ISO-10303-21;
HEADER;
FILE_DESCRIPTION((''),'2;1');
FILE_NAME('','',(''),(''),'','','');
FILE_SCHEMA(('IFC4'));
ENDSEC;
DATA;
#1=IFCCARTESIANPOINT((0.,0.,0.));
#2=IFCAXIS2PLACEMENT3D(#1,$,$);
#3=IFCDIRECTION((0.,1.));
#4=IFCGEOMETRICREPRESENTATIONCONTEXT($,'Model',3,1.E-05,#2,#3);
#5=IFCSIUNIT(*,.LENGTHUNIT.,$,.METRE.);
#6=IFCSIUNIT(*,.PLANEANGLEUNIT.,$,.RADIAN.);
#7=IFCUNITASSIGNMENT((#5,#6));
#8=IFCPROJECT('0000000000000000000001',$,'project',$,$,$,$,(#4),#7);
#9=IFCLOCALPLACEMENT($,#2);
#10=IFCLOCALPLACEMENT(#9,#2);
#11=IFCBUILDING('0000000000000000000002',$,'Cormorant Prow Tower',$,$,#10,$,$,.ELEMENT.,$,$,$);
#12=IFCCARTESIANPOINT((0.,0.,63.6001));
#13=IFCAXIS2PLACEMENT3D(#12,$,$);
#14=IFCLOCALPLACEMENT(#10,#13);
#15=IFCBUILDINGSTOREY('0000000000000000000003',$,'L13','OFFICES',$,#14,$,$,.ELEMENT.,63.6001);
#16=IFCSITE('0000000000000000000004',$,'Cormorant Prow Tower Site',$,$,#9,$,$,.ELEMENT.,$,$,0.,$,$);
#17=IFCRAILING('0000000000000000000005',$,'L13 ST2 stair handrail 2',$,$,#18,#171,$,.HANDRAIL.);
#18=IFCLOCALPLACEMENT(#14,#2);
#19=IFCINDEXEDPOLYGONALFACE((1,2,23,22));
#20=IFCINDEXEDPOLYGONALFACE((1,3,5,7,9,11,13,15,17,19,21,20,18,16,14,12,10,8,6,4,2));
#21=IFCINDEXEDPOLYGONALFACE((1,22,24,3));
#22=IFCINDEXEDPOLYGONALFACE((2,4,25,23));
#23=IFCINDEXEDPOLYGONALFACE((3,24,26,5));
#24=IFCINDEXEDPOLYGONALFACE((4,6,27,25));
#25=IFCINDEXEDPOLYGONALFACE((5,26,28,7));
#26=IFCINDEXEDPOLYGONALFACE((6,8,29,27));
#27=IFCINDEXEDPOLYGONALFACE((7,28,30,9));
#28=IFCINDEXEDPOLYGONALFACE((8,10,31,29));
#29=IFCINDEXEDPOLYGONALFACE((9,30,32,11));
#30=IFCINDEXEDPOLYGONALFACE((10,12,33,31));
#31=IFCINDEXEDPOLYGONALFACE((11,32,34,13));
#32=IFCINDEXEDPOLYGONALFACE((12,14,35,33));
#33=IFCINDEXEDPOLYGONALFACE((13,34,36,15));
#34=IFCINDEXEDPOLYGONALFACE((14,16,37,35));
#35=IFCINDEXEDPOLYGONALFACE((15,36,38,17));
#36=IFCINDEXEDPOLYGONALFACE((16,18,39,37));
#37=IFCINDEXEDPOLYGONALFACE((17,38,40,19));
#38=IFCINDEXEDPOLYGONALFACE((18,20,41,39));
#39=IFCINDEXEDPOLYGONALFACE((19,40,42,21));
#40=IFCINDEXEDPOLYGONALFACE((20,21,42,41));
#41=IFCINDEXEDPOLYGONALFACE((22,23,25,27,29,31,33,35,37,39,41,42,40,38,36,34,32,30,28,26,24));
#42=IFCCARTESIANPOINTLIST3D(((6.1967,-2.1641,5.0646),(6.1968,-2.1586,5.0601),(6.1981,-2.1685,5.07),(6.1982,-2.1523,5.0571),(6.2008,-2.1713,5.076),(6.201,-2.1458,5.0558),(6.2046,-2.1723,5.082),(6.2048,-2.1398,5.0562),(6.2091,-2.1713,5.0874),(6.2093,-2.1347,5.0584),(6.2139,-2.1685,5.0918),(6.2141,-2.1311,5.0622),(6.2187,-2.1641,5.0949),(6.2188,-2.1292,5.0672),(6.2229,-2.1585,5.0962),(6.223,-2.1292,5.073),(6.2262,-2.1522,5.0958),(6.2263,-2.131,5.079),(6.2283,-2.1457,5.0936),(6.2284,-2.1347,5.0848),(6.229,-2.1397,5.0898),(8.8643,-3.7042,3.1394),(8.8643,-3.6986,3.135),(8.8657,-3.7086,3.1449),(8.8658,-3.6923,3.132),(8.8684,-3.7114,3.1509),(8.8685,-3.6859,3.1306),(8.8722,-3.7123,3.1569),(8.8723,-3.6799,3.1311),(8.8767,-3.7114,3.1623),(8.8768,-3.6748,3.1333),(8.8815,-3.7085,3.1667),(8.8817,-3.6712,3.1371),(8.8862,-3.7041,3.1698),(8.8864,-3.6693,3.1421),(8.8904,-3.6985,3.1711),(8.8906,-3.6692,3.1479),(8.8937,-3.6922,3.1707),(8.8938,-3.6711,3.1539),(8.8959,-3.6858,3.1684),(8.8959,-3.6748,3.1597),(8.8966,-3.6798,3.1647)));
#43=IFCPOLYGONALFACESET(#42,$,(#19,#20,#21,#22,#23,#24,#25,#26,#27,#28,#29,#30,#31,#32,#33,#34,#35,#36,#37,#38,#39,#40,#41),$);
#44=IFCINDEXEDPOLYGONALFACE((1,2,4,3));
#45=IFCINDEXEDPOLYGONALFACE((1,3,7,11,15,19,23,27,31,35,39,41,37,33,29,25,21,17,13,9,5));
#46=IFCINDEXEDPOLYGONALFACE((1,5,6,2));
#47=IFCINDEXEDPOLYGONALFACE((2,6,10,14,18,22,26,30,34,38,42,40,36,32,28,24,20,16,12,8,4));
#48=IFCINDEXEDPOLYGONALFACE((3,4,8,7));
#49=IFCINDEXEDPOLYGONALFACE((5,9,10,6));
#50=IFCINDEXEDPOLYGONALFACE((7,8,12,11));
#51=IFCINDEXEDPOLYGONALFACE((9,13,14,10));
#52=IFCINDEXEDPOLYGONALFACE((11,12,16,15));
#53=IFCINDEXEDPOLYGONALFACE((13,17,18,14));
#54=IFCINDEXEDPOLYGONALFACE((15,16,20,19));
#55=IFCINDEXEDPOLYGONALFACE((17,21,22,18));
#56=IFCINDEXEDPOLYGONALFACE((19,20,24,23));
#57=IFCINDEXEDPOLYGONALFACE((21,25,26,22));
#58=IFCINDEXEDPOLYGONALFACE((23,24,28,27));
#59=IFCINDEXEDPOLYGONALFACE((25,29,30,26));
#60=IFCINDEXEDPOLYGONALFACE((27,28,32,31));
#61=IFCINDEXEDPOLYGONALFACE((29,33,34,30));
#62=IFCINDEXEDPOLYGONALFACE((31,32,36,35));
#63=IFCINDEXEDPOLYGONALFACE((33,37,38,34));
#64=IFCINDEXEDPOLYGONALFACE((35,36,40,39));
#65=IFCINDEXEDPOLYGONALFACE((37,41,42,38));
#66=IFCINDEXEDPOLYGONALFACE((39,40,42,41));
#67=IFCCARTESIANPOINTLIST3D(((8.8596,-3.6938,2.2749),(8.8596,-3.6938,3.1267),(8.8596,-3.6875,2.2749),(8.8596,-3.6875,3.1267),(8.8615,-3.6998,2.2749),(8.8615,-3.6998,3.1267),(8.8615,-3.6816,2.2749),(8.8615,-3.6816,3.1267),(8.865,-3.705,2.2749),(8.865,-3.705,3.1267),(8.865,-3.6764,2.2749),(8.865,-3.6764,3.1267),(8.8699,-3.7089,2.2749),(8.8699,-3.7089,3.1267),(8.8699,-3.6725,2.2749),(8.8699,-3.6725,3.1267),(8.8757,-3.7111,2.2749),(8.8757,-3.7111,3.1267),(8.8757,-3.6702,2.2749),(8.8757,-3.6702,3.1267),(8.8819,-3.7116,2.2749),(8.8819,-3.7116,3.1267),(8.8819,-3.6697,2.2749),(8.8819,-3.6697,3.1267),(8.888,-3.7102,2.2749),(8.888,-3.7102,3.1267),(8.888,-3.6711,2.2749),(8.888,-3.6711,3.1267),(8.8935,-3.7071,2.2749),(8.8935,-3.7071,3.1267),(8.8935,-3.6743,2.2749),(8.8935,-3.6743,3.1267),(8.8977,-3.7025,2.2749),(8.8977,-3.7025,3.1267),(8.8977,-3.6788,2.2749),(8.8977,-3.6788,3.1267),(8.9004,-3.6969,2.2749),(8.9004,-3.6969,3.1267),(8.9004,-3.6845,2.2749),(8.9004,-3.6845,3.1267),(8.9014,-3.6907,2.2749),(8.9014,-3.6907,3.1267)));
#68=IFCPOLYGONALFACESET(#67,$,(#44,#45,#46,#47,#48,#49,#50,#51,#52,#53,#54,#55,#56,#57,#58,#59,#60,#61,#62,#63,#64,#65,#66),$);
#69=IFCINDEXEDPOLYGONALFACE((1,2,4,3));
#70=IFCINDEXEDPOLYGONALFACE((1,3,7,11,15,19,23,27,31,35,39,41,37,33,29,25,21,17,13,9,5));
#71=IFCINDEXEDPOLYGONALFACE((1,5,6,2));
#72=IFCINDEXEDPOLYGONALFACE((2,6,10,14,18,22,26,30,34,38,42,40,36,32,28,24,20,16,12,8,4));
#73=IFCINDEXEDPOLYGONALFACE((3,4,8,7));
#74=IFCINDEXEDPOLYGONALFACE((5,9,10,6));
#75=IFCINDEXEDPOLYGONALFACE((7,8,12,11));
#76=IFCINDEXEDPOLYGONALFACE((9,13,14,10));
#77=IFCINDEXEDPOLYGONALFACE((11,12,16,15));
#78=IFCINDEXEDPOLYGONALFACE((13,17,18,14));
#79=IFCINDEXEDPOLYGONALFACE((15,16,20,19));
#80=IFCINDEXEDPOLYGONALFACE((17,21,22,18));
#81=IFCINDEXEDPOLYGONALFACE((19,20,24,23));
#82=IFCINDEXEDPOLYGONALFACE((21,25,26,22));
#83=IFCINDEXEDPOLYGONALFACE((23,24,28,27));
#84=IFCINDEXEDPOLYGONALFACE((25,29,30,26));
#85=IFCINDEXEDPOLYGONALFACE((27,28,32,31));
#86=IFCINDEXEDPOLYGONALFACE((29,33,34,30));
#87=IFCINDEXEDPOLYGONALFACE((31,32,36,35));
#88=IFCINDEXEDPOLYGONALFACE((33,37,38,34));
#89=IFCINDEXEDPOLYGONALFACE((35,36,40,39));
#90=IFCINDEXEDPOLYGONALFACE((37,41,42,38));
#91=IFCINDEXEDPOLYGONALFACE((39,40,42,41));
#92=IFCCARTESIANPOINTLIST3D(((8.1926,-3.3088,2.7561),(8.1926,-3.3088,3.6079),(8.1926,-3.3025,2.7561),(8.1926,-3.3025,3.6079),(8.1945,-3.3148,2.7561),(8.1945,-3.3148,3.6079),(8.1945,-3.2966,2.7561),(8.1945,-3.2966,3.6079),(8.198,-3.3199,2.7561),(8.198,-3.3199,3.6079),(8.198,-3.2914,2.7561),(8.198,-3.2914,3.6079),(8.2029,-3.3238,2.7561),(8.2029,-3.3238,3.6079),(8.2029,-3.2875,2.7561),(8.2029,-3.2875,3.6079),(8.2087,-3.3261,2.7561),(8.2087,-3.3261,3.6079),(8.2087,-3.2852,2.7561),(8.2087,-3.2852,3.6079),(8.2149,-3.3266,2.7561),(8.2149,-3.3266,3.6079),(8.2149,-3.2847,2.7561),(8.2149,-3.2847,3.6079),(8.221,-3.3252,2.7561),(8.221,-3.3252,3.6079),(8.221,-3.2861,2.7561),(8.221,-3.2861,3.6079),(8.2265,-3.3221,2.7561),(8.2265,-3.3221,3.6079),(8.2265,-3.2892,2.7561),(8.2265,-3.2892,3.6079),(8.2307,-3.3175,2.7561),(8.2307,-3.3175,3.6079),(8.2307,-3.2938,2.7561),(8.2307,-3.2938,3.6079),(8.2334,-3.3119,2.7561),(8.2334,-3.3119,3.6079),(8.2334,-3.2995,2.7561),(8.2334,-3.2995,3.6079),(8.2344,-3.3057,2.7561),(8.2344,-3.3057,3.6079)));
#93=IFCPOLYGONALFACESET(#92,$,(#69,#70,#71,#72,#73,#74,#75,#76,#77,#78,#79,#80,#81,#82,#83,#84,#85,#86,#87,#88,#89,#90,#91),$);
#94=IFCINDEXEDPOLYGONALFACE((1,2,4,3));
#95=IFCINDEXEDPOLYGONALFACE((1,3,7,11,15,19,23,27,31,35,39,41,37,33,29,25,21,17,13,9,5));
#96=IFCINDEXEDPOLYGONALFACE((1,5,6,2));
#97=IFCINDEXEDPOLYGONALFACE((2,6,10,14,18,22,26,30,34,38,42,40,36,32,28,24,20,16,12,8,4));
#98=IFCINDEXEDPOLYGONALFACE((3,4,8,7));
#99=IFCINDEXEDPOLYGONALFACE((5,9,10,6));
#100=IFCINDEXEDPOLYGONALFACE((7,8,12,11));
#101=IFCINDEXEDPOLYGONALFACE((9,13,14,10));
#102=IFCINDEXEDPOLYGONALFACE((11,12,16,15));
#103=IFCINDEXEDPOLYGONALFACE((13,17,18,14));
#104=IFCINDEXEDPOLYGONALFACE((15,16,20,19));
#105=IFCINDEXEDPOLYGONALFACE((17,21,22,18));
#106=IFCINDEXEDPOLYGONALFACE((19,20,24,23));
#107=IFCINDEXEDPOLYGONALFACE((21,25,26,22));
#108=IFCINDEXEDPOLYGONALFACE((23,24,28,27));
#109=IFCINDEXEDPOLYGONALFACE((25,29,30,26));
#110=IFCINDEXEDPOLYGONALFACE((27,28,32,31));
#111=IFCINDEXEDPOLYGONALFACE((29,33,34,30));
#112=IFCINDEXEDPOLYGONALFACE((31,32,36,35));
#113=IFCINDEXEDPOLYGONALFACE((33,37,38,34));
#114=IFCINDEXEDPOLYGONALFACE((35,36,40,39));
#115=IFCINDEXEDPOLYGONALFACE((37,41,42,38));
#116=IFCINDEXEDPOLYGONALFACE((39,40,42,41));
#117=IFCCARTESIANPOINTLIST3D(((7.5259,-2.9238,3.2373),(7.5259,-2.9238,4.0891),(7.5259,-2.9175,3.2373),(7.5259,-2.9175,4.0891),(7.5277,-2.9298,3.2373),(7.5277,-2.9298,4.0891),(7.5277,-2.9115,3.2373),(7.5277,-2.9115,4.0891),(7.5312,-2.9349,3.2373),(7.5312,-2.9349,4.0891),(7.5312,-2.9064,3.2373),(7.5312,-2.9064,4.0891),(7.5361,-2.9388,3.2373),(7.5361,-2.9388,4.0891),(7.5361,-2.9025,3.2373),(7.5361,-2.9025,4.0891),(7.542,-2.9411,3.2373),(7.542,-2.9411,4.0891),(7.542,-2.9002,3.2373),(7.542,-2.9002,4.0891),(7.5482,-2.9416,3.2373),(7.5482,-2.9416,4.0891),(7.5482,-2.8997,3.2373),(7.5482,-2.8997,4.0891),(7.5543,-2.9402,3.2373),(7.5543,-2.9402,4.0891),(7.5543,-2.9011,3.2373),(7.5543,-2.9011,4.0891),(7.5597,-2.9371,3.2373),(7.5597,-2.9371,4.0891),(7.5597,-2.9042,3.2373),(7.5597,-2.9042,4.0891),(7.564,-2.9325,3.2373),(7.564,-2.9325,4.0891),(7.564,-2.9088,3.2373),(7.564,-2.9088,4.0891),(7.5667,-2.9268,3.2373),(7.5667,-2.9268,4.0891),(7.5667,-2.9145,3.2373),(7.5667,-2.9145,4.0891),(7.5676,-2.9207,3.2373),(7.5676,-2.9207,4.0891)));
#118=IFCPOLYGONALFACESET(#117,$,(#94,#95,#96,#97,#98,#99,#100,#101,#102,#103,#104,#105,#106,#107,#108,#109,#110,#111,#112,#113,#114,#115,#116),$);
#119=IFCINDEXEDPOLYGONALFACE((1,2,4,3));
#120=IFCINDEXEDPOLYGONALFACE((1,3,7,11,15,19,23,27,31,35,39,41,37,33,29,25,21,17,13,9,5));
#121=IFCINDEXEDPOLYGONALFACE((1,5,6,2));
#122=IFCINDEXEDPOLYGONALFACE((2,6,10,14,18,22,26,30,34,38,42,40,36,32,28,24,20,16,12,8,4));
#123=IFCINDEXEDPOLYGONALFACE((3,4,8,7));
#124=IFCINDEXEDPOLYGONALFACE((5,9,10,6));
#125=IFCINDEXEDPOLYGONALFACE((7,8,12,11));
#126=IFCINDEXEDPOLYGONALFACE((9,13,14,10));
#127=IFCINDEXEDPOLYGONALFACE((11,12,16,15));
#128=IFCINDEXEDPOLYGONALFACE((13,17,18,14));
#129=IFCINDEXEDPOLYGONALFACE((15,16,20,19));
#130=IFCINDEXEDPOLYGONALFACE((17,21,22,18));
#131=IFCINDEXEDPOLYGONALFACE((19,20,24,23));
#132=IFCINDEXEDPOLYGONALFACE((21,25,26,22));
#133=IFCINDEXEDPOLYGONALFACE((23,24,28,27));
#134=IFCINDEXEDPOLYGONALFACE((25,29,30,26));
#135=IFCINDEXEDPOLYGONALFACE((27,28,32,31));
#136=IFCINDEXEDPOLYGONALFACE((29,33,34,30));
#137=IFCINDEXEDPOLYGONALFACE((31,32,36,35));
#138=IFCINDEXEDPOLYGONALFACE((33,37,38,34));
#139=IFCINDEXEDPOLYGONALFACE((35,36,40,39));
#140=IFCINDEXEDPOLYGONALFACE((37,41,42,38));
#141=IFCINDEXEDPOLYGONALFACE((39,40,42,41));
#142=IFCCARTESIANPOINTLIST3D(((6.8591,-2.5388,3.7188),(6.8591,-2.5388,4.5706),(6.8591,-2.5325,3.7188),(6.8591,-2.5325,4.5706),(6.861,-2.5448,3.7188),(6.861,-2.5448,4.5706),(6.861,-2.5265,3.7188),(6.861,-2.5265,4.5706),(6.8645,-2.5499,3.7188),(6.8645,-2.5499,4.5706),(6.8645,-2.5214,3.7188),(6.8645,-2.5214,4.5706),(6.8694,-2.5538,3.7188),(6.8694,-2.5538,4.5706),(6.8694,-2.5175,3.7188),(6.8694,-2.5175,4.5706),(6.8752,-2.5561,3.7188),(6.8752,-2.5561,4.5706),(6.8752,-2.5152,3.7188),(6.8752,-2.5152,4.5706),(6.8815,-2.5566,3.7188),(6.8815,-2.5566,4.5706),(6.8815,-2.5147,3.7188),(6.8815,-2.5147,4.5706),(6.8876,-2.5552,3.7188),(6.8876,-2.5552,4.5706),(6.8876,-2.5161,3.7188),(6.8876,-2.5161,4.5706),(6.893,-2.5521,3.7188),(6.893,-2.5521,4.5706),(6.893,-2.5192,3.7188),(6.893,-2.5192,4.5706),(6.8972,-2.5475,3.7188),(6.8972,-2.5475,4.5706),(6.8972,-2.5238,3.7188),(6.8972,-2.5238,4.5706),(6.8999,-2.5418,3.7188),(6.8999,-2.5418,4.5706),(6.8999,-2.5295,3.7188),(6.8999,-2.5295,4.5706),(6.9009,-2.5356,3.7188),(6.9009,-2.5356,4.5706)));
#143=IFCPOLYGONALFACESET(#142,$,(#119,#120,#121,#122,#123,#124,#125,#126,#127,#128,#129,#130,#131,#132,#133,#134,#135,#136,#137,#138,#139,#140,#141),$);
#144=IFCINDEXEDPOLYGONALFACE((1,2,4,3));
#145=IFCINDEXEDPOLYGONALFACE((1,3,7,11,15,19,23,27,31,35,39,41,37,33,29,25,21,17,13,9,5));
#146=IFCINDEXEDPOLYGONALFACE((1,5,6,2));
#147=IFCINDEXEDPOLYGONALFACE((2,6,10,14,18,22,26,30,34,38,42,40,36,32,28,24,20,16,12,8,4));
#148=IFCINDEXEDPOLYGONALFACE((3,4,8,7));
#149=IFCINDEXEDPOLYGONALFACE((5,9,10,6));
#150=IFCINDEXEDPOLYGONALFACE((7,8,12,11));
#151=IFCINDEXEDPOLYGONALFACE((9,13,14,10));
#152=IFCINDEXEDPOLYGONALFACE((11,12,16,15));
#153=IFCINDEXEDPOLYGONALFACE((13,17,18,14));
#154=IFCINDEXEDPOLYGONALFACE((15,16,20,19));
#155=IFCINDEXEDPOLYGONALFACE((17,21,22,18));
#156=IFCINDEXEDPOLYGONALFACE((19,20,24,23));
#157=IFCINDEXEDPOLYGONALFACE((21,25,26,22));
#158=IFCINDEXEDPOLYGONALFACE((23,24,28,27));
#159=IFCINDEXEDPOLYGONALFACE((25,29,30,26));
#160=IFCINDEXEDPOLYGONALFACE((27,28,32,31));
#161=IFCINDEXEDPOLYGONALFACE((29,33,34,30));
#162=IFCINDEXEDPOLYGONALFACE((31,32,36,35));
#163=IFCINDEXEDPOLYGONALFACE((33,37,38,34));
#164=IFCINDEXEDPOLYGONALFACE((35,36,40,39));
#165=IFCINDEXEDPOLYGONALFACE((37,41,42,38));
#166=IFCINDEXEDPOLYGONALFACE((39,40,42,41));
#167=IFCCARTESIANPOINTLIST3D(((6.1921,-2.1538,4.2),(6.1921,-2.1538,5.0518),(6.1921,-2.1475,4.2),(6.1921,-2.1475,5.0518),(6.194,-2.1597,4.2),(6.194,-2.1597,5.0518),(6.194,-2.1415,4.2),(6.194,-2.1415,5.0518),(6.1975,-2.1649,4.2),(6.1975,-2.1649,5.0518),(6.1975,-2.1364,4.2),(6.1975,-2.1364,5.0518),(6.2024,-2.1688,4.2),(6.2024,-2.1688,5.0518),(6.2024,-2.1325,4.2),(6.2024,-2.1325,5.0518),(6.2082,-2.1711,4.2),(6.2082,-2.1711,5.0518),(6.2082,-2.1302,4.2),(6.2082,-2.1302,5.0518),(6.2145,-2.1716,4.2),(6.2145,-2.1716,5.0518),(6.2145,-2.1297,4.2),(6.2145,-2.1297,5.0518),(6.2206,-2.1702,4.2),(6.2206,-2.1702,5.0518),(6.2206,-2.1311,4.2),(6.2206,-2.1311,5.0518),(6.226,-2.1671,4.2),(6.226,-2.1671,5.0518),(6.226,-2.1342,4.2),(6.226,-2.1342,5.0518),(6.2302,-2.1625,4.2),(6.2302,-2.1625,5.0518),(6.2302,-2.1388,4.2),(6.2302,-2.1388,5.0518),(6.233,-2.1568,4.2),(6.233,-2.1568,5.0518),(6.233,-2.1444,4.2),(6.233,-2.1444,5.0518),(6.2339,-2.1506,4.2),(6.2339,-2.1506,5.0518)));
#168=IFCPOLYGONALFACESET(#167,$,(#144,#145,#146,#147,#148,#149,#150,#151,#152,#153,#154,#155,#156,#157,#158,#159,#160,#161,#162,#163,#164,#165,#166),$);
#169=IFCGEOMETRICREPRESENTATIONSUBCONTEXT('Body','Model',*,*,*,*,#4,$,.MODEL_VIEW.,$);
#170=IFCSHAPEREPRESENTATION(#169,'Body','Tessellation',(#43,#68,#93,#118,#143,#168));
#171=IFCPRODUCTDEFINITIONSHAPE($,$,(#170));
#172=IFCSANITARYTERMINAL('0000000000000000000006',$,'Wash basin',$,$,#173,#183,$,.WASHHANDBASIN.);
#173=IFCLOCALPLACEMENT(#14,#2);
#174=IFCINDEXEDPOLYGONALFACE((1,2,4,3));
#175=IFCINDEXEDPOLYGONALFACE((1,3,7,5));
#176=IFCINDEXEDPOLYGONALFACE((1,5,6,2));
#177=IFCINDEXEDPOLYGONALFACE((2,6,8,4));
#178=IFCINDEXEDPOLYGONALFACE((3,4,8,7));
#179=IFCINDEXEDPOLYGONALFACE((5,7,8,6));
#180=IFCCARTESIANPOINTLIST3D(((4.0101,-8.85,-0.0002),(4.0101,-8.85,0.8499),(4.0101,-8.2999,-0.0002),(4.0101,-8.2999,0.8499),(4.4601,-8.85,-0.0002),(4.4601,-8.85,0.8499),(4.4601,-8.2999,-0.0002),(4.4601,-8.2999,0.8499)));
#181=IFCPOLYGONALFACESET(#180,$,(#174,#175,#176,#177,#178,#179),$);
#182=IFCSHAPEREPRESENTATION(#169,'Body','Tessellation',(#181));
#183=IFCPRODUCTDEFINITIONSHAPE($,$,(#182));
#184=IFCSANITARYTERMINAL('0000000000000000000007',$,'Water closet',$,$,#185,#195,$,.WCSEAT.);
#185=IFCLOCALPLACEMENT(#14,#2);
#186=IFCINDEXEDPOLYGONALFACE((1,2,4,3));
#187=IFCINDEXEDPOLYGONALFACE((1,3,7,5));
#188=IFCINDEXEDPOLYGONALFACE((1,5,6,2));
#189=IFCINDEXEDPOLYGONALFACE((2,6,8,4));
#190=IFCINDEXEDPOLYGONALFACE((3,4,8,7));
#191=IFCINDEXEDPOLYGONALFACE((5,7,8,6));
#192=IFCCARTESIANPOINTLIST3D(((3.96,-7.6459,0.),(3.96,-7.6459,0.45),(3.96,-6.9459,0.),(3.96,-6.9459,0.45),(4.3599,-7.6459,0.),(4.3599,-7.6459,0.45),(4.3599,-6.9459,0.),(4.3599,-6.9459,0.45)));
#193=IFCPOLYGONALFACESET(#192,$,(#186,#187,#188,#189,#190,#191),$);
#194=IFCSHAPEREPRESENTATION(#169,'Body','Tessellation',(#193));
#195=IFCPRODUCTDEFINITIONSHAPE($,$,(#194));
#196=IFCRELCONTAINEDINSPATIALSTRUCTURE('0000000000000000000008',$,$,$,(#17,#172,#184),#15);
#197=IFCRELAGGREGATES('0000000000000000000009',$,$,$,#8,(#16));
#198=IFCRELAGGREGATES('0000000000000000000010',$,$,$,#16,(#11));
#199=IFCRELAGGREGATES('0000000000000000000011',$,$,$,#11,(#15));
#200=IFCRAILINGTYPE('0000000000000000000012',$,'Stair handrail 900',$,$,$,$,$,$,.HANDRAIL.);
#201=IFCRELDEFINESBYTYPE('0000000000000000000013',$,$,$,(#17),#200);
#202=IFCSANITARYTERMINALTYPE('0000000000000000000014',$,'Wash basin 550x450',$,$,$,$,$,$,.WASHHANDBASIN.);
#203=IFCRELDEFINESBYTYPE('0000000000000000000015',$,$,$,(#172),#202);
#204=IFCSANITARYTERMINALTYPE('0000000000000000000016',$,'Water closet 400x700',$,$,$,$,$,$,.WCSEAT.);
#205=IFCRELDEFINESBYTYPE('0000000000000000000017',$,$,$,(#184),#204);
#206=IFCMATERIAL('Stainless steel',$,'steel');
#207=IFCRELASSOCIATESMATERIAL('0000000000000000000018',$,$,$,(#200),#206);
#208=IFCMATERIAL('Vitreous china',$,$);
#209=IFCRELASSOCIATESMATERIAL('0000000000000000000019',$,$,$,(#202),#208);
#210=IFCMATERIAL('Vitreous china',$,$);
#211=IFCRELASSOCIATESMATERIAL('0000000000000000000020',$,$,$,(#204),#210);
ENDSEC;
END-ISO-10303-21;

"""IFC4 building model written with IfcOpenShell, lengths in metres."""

from ifc_helpers import new_model, si_unit, direction, frame, origin, origin_2d, place, context, subcontext, project, spatial, rectangle, circle, extrude, material, type_object, element, save


model = new_model("IFC4")

# Units and contexts
model_context = context("Model", 3, precision=1e-05, world=origin(), true_north=direction((0.0, 1.0)))
body_context = subcontext(model_context, "Body", "Model", "MODEL_VIEW")
ifc_project = project(units=[si_unit("LENGTHUNIT", "METRE"), si_unit("PLANEANGLEUNIT", "RADIAN")], contexts=[model_context])

# Site, building, storey
site_placement = place(None, origin())
site = spatial("IfcSite", under=ifc_project, at=site_placement, Name="Cormorant Prow Tower Site", CompositionType="ELEMENT", RefElevation=0.0)
building_placement = place(site_placement, origin())
building = spatial("IfcBuilding", under=site, at=building_placement, Name="Cormorant Prow Tower", CompositionType="ELEMENT")
storey_placement = place(building_placement, frame((0.0, 0.0, 63.6001)))
storey = spatial("IfcBuildingStorey", under=building, at=storey_placement, Name="L13", Description="OFFICES", CompositionType="ELEMENT", Elevation=63.6001)

# Railing
ifc_material_1 = material(Name="Stainless steel", Category="steel")
railing_type_1 = type_object("IfcRailingType", Name="Stair handrail 900", PredefinedType="HANDRAIL", material=ifc_material_1)
railing_1_placement = place(storey_placement, frame((8.8804, -3.6907, 2.2749)))
element("IfcRailing", 1, at=railing_1_placement, inside=storey, type_object=railing_type_1, Name="L13 ST2 stair handrail 2", PredefinedType="HANDRAIL", context=body_context, shape_type="SweptSolid", body=[
    extrude(circle(Radius=0.0239, at=origin_2d()), frame((0.0, 0.0, 0.876), z_axis=(-0.734395, 0.423994, 0.529993), x_axis=(-0.499992, -0.86603, 0.0)), (0.0, 0.0, 1.0), 3.6323),
    extrude(circle(Radius=0.021, at=origin_2d()), origin(), (0.0, 0.0, 1.0), 0.8518),
    extrude(circle(Radius=0.021, at=origin_2d()), frame((-0.667, 0.385, 0.4812)), (0.0, 0.0, 1.0), 0.8518),
    extrude(circle(Radius=0.021, at=origin_2d()), frame((-1.3337, 0.77, 0.9624)), (0.0, 0.0, 1.0), 0.8518),
    extrude(circle(Radius=0.021, at=origin_2d()), frame((-2.0005, 1.155, 1.4438)), (0.0, 0.0, 1.0), 0.8518),
    extrude(circle(Radius=0.021, at=origin_2d()), frame((-2.6675, 1.54, 1.925)), (0.0, 0.0, 1.0), 0.8518),
])

# Sanitary terminals
ifc_material_2 = material(Name="Vitreous china")
sanitary_terminal_type_1 = type_object("IfcSanitaryTerminalType", Name="Wash basin 550x450", PredefinedType="WASHHANDBASIN", material=ifc_material_2)
sanitary_terminal_1_placement = place(storey_placement, frame((4.2351, -8.575, -0.0002), z_axis=(0.0, 0.0, 1.0), x_axis=(0.0, 1.0, 0.0)))
element("IfcSanitaryTerminal", 2, at=sanitary_terminal_1_placement, inside=storey, type_object=sanitary_terminal_type_1, Name="Wash basin", PredefinedType="WASHHANDBASIN", context=body_context, shape_type="SweptSolid", body=[
    extrude(rectangle(XDim=0.55, YDim=0.45, at=origin_2d()), origin(), (0.0, 0.0, 1.0), 0.8501),
])
ifc_material_3 = material(Name="Vitreous china")
sanitary_terminal_type_2 = type_object("IfcSanitaryTerminalType", Name="Water closet 400x700", PredefinedType="WCSEAT", material=ifc_material_3)
sanitary_terminal_2_placement = place(storey_placement, frame((4.1599, -7.2959, 0.0), z_axis=(0.0, 0.0, 1.0), x_axis=(-1.0, 0.0, 0.0)))
element("IfcSanitaryTerminal", 3, at=sanitary_terminal_2_placement, inside=storey, type_object=sanitary_terminal_type_2, Name="Water closet", PredefinedType="WCSEAT", context=body_context, shape_type="SweptSolid", body=[
    extrude(rectangle(XDim=0.3999, YDim=0.7, at=origin_2d()), origin(), (0.0, 0.0, 1.0), 0.45),
])

save(model, "model.ifc")
